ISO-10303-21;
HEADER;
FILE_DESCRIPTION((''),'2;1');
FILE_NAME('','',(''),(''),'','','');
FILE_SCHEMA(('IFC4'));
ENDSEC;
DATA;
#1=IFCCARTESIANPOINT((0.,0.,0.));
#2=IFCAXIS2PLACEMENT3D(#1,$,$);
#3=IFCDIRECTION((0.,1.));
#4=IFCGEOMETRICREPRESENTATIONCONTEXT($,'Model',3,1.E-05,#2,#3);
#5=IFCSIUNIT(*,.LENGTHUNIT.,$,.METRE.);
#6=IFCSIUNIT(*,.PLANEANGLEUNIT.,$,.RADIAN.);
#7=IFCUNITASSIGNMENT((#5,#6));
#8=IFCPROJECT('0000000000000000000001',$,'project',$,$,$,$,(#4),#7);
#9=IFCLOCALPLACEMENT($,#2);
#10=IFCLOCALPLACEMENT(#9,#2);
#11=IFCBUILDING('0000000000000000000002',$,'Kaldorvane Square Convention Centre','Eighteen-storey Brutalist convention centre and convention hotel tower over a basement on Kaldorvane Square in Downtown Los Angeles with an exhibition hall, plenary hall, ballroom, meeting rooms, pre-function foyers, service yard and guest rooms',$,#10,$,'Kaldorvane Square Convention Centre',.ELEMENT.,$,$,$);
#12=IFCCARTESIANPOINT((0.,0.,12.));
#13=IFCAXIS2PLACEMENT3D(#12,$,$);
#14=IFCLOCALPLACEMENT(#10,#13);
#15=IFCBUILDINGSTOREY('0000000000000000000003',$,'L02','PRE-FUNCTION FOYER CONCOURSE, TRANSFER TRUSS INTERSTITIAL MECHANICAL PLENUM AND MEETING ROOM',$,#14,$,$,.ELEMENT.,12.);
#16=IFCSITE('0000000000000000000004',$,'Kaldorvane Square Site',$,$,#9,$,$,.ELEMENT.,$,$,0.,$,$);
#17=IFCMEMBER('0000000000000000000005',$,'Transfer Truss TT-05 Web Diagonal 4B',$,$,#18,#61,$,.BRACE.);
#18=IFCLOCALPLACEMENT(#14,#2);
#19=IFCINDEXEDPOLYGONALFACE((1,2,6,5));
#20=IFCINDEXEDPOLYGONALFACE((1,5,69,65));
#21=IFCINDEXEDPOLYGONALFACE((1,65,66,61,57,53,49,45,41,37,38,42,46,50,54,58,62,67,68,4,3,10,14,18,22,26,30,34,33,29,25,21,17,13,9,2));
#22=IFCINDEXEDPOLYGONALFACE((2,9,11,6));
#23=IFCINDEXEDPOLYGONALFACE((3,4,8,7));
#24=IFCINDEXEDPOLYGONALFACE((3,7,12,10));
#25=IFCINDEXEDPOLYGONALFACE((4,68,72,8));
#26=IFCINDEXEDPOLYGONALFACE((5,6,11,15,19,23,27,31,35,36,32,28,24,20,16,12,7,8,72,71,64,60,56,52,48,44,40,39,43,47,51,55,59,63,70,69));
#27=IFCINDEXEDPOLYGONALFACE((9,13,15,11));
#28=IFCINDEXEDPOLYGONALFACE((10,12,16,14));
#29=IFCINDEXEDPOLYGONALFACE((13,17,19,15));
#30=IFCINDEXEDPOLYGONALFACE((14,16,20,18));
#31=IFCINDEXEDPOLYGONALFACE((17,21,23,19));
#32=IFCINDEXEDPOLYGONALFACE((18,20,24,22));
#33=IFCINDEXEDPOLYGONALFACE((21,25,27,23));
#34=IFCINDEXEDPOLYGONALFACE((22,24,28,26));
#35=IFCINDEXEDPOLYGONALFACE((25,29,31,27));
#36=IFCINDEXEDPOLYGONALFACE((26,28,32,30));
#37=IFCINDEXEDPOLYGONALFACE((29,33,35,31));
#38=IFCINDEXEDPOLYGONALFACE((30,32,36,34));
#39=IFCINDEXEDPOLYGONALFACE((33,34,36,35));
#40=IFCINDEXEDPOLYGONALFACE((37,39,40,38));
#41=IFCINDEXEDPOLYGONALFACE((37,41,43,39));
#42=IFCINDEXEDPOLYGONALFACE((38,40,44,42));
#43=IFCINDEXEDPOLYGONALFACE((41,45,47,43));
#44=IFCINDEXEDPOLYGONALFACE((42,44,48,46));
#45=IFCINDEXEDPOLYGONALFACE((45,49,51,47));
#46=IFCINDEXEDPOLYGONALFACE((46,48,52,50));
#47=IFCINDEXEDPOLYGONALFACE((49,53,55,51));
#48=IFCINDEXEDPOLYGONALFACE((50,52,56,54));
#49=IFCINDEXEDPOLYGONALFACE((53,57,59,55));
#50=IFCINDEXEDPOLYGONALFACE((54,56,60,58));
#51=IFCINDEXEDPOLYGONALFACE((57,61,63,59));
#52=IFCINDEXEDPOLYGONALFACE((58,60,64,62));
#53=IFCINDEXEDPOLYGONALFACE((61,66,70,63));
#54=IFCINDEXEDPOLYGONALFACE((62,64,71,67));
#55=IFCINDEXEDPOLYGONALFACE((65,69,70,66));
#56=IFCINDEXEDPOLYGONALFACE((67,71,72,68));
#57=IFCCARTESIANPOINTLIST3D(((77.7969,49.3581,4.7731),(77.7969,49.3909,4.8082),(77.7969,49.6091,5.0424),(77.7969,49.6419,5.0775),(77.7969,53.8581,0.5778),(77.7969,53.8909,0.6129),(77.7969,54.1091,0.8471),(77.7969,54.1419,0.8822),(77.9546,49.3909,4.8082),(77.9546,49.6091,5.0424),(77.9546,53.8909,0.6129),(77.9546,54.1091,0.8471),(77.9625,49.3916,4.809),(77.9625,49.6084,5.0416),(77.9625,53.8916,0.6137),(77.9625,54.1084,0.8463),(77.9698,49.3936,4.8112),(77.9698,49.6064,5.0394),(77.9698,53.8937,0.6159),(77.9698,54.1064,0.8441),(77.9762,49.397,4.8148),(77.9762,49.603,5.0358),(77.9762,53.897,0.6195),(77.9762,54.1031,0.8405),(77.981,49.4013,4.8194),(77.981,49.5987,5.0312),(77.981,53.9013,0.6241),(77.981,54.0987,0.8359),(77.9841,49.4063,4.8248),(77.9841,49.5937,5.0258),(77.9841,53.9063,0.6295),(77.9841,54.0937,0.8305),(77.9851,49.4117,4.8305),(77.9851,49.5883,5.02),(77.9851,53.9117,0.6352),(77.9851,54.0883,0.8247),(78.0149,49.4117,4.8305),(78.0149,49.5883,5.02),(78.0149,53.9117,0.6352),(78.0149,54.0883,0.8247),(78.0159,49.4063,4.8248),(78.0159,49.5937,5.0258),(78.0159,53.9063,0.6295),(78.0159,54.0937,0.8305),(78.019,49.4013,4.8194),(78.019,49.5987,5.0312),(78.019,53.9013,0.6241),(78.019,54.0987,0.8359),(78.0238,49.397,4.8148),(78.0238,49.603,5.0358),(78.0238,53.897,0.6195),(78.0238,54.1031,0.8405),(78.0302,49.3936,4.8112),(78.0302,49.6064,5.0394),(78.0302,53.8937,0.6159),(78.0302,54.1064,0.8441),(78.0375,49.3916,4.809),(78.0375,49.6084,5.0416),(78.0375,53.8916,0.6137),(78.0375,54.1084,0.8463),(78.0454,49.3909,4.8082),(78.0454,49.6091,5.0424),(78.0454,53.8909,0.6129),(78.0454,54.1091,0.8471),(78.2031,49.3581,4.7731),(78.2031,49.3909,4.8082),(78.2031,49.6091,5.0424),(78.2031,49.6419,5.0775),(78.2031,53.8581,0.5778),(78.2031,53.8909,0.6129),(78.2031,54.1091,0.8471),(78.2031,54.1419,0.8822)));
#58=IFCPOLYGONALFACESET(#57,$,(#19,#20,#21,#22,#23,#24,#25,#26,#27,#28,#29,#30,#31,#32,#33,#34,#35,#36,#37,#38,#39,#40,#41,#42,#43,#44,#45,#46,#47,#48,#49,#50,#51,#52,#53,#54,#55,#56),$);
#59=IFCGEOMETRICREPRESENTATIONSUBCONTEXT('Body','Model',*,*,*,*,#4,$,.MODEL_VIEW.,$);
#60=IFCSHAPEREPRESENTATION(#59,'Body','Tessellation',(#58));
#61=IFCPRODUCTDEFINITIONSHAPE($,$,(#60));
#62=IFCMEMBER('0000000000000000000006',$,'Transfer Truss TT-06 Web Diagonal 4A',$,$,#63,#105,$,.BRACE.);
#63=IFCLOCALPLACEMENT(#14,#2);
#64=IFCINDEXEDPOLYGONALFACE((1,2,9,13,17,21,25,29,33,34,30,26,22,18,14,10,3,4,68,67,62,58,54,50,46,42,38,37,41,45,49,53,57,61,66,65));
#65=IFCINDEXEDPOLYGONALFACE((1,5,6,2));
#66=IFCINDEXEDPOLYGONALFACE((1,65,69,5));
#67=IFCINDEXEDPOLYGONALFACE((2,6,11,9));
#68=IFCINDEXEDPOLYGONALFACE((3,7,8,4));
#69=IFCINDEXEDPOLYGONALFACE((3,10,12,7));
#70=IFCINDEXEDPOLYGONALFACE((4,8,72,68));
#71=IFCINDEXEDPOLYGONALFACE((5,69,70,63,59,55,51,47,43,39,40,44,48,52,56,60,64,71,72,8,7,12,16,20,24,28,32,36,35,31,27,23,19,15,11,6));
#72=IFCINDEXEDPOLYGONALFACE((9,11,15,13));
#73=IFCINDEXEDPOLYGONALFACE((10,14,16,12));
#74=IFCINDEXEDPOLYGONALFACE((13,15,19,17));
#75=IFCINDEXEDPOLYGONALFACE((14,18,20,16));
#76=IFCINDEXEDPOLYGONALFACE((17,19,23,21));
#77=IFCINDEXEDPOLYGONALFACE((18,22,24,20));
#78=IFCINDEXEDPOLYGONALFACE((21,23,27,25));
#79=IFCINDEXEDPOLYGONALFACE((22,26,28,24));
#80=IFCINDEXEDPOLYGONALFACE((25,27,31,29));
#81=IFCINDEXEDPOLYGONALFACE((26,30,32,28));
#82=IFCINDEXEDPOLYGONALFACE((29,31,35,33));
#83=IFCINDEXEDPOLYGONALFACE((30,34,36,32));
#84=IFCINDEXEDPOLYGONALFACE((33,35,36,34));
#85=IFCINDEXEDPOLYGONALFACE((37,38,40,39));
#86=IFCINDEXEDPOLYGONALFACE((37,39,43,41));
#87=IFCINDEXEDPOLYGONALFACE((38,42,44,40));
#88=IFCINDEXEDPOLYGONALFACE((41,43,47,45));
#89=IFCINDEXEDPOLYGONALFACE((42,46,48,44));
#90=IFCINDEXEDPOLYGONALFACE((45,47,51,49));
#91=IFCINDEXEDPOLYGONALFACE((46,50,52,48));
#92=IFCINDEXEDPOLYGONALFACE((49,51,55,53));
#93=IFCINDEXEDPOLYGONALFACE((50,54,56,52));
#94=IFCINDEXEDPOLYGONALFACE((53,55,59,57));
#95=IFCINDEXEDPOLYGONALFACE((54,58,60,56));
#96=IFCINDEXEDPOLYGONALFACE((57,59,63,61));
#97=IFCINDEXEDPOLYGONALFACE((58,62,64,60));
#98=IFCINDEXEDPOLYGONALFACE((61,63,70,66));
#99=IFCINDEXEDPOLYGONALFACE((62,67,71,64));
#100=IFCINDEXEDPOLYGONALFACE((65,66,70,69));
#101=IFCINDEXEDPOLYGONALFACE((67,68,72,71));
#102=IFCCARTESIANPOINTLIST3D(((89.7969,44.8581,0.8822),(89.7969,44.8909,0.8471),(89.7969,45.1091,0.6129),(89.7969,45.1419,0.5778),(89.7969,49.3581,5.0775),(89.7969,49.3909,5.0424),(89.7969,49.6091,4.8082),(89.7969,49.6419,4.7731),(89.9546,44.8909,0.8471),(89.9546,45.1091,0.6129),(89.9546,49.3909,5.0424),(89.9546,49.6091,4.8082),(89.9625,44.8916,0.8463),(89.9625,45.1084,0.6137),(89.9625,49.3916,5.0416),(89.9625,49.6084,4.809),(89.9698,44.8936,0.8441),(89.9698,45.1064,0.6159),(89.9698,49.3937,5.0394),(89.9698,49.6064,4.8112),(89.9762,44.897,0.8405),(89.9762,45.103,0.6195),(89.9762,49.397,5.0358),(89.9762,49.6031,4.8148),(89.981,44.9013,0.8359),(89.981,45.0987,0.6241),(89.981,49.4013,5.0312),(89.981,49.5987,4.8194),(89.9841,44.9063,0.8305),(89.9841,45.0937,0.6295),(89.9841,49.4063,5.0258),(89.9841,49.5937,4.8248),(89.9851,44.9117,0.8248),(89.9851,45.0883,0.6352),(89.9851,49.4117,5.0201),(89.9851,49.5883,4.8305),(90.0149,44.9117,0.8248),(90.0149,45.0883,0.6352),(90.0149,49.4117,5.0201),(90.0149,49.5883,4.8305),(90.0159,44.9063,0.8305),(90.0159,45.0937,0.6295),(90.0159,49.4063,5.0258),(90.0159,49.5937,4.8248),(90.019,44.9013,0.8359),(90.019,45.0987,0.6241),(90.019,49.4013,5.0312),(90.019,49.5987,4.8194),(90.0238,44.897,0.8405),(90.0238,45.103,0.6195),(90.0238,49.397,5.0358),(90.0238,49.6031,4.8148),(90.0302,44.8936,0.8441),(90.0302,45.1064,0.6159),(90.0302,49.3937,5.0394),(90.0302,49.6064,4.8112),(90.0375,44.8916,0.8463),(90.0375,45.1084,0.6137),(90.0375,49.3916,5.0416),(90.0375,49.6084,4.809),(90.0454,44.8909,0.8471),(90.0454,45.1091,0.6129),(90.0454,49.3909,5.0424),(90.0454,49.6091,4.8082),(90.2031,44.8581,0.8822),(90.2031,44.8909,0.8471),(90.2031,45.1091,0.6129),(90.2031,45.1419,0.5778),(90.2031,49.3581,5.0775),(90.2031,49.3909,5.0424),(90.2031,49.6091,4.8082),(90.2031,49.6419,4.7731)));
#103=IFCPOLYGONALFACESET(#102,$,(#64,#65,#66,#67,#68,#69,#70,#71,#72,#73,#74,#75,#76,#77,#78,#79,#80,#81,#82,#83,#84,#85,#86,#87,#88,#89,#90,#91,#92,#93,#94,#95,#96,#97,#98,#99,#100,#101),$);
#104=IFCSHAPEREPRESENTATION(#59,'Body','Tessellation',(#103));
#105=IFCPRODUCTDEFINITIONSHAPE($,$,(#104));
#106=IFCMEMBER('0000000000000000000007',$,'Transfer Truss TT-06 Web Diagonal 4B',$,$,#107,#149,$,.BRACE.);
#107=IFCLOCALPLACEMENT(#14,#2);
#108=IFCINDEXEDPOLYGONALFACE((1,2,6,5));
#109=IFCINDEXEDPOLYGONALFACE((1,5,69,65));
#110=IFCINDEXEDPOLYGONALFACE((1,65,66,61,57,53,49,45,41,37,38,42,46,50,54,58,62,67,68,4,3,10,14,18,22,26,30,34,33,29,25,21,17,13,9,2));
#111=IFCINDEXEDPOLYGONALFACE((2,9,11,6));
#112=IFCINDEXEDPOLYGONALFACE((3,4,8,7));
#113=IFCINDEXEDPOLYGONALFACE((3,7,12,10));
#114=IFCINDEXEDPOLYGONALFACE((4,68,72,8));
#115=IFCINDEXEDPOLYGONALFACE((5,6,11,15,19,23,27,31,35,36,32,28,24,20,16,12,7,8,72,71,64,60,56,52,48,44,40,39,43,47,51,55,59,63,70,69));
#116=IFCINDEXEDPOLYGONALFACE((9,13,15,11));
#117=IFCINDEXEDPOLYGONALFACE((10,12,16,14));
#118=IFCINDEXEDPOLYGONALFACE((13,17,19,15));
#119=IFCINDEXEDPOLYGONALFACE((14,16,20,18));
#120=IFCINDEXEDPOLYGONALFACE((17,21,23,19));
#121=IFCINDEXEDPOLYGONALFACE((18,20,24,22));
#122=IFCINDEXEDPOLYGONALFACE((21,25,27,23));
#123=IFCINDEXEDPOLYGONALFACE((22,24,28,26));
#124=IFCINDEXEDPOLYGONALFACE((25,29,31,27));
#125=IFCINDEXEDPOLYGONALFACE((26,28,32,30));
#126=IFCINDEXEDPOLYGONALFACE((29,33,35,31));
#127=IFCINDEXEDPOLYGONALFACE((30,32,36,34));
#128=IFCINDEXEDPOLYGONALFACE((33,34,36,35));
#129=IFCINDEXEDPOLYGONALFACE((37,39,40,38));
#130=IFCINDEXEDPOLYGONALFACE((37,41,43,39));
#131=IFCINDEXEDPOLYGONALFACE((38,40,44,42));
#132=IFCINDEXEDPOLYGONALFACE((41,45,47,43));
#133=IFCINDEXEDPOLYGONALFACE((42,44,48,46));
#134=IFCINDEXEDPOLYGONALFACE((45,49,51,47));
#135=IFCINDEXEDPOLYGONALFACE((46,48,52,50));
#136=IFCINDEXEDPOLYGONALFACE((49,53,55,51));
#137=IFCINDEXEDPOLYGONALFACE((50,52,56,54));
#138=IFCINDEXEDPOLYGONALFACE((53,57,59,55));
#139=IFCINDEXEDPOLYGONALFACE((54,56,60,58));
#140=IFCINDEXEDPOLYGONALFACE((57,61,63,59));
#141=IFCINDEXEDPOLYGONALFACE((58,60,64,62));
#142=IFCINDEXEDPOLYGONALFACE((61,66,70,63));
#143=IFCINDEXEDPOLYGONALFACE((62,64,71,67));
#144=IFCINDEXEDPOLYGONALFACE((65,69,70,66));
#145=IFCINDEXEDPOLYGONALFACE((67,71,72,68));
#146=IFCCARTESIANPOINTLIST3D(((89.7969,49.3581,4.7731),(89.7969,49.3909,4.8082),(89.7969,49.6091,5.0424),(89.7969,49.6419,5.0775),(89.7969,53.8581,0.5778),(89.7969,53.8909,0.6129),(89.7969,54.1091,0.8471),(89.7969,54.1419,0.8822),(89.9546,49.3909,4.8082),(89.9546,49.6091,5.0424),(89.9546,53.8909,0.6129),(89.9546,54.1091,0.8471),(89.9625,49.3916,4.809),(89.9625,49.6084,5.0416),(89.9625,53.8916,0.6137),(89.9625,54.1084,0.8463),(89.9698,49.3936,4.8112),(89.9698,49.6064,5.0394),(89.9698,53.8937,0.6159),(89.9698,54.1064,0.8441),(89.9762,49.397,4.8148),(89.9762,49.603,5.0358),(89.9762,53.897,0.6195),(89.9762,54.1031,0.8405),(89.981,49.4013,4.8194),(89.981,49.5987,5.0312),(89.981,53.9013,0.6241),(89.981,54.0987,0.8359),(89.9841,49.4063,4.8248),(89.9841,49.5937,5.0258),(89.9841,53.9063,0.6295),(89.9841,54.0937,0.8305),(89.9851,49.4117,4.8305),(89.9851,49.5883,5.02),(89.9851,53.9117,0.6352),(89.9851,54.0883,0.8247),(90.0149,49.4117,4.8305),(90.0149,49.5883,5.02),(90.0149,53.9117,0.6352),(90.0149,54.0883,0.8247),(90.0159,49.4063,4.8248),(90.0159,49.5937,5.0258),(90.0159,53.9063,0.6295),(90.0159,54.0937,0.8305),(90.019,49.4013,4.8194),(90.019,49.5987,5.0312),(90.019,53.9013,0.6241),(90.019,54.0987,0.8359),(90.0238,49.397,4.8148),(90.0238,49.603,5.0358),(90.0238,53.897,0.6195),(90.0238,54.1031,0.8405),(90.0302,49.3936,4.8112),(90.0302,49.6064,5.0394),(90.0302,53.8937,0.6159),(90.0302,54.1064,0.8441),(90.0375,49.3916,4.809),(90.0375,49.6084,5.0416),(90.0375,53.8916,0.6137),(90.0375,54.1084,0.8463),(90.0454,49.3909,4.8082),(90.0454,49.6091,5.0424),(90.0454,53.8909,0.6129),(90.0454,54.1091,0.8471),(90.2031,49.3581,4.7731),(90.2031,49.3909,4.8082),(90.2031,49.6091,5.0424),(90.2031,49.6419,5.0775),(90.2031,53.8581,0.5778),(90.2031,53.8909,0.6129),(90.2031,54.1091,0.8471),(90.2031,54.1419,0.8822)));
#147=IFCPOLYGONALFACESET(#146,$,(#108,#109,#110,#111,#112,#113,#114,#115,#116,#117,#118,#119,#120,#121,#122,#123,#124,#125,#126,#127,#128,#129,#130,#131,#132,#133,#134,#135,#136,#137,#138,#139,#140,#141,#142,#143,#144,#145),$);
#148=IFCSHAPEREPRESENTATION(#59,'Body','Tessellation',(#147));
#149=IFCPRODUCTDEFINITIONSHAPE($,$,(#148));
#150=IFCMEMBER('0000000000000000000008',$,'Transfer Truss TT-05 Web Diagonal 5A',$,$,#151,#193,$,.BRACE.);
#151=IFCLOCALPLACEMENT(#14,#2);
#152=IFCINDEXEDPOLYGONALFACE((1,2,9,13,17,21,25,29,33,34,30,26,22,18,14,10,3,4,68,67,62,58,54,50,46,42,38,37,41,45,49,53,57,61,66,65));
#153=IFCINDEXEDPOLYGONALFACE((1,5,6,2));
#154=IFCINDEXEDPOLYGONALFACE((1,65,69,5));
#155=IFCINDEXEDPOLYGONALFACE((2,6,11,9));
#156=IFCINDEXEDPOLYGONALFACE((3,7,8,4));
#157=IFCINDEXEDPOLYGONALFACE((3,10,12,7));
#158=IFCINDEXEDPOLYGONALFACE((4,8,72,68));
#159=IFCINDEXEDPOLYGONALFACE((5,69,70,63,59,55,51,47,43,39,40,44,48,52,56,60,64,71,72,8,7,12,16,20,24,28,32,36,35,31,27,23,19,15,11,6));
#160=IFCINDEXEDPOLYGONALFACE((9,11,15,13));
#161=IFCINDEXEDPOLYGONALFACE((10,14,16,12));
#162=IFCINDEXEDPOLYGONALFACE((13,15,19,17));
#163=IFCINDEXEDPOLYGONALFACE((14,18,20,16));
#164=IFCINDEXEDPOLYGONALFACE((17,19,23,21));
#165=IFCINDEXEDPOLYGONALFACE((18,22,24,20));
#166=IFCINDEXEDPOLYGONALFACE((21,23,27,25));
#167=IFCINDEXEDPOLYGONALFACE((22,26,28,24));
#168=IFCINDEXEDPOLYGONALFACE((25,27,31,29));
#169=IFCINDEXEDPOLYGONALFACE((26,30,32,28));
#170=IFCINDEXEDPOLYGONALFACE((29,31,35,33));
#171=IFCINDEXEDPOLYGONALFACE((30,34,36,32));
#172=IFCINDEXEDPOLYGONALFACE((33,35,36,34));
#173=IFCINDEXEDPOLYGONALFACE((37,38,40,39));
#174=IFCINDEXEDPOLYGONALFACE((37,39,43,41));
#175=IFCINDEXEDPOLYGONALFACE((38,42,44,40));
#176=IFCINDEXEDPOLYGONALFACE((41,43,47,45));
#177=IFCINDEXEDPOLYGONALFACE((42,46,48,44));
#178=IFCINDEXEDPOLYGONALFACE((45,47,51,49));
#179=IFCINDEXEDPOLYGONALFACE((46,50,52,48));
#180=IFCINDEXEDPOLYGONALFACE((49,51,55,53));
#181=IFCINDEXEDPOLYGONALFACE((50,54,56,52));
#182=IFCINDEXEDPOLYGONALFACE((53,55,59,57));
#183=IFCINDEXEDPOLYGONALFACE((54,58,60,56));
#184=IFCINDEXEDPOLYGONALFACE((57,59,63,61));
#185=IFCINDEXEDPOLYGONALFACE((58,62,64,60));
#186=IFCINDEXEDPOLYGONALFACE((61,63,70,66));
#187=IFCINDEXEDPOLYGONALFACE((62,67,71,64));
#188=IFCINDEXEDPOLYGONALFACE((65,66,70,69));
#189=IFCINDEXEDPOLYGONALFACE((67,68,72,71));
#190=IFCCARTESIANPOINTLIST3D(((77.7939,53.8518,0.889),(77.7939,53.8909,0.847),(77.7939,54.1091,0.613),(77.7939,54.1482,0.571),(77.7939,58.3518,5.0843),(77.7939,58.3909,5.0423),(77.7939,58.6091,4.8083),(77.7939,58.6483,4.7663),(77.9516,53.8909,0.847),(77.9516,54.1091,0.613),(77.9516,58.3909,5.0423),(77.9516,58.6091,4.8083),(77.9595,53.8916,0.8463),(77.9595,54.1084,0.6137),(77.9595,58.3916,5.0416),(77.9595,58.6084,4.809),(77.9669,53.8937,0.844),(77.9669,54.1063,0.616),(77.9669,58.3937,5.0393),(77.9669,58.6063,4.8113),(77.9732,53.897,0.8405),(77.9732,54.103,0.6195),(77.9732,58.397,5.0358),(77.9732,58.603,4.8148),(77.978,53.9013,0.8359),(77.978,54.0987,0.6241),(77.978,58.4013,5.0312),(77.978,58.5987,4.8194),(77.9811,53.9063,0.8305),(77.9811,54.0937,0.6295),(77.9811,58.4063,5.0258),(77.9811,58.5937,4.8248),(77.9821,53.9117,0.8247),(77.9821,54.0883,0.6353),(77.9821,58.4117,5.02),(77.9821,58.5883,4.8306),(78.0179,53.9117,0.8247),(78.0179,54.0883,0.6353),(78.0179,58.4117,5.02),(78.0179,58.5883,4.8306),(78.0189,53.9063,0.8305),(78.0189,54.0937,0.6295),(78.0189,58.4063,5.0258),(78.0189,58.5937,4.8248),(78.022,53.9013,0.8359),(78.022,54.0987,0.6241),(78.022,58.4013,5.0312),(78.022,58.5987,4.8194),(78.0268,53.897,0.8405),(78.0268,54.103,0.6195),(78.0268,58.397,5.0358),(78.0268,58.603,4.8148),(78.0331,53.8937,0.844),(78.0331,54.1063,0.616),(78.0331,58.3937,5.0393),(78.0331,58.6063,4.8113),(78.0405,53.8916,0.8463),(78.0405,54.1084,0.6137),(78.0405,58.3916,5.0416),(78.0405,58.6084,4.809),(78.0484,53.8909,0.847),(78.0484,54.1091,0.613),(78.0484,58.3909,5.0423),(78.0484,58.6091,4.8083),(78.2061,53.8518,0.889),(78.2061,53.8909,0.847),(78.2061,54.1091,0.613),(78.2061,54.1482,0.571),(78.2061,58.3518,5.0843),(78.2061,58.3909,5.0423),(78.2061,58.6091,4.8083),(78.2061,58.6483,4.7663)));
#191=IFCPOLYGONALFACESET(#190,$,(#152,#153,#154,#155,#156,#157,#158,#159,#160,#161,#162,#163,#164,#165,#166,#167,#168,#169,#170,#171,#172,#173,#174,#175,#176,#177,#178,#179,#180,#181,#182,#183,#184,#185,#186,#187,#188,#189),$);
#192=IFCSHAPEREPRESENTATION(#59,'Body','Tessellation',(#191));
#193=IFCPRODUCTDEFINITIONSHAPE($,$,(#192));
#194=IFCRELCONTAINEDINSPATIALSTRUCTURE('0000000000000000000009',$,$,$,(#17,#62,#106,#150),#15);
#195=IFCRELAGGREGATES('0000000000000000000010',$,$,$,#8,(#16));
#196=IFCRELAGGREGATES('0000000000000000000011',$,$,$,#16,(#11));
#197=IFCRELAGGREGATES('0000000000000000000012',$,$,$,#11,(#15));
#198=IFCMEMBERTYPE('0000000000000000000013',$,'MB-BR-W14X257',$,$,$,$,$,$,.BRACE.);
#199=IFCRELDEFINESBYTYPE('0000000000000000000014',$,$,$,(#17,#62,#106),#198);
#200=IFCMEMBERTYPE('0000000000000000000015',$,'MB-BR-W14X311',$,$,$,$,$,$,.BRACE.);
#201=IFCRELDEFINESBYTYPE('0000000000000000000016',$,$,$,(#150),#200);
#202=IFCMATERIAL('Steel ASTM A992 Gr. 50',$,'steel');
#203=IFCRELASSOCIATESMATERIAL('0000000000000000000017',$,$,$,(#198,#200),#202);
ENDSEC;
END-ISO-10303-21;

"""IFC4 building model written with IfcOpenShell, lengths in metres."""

from ifc_helpers import new_model, si_unit, direction, frame, origin, origin_2d, place, context, subcontext, project, spatial, i_section, extrude, material, material_profile, profile_set, type_object, element, save


model = new_model("IFC4")

# Units and contexts
model_context = context("Model", 3, precision=1e-05, world=origin(), true_north=direction((0.0, 1.0)))
body_context = subcontext(model_context, "Body", "Model", "MODEL_VIEW")
ifc_project = project(units=[si_unit("LENGTHUNIT", "METRE"), si_unit("PLANEANGLEUNIT", "RADIAN")], contexts=[model_context])

# Site, building, storey
site_placement = place(None, origin())
site = spatial("IfcSite", under=ifc_project, at=site_placement, Name="Kaldorvane Square Site", CompositionType="ELEMENT", RefElevation=0.0)
building_placement = place(site_placement, origin())
building = spatial("IfcBuilding", under=site, at=building_placement, Name="Kaldorvane Square Convention Centre", Description="Eighteen-storey Brutalist convention centre and convention hotel tower over a basement on Kaldorvane Square in Downtown Los Angeles with an exhibition hall, plenary hall, ballroom, meeting rooms, pre-function foyers, service yard and guest rooms", LongName="Kaldorvane Square Convention Centre", CompositionType="ELEMENT")
storey_placement = place(building_placement, frame((0.0, 0.0, 12.0)))
storey = spatial("IfcBuildingStorey", under=building, at=storey_placement, Name="L02", Description="PRE-FUNCTION FOYER CONCOURSE, TRANSFER TRUSS INTERSTITIAL MECHANICAL PLENUM AND MEETING ROOM", CompositionType="ELEMENT", Elevation=12.0)

# Shared definitions
ifc_material = material(Name="Steel ASTM A992 Gr. 50", Category="steel")

# Members
ifc_material_profile_1 = material_profile(ifc_material, i_section(OverallWidth=0.4063, OverallDepth=0.4161, WebThickness=0.0298, FlangeThickness=0.048, FilletRadius=0.0305, at=origin_2d()), Name="W14X257")
ifc_profile_set_1 = profile_set([ifc_material_profile_1], Name="Steel ASTM A992 Gr. 50")
member_type_1 = type_object("IfcMemberType", Name="MB-BR-W14X257", PredefinedType="BRACE", material=ifc_profile_set_1)
for number, where, z_axis, x_axis, name in (
    (1, (78.0, 49.5, 4.9253), (0.0, 0.731436, -0.68191), (-1.0, 0.0, 0.0), "Transfer Truss TT-05 Web Diagonal 4B"),
    (2, (90.0, 45.0, 0.73), (0.0, 0.731436, 0.68191), (-1.0, 0.0, 0.0), "Transfer Truss TT-06 Web Diagonal 4A"),
    (3, (90.0, 49.5, 4.9253), (0.0, 0.731436, -0.68191), (-1.0, 0.0, 0.0), "Transfer Truss TT-06 Web Diagonal 4B"),
):
    element("IfcMember", number, at=place(storey_placement, frame(where, z_axis=z_axis, x_axis=x_axis)), inside=storey, type_object=member_type_1, Name=name, PredefinedType="BRACE", context=body_context, shape_type="SweptSolid", body=[
        extrude(i_section(OverallWidth=0.4063, OverallDepth=0.4161, WebThickness=0.0298, FlangeThickness=0.048, FilletRadius=0.0305, at=origin_2d()), origin(), (0.0, 0.0, 1.0), 6.1523),
    ])
ifc_material_profile_2 = material_profile(ifc_material, i_section(OverallWidth=0.4122, OverallDepth=0.4348, WebThickness=0.0358, FlangeThickness=0.0574, FilletRadius=0.0305, at=origin_2d()), Name="W14X311")
ifc_profile_set_2 = profile_set([ifc_material_profile_2], Name="Steel ASTM A992 Gr. 50")
member_type_2 = type_object("IfcMemberType", Name="MB-BR-W14X311", PredefinedType="BRACE", material=ifc_profile_set_2)
for number, where, z_axis, x_axis, name in (
    (4, (78.0, 54.0, 0.73), (0.0, 0.731436, 0.68191), (-1.0, 0.0, 0.0), "Transfer Truss TT-05 Web Diagonal 5A"),
):
    element("IfcMember", number, at=place(storey_placement, frame(where, z_axis=z_axis, x_axis=x_axis)), inside=storey, type_object=member_type_2, Name=name, PredefinedType="BRACE", context=body_context, shape_type="SweptSolid", body=[
        extrude(i_section(OverallWidth=0.4122, OverallDepth=0.4348, WebThickness=0.0358, FlangeThickness=0.0574, FilletRadius=0.0305, at=origin_2d()), origin(), (0.0, 0.0, 1.0), 6.1523),
    ])

save(model, "model.ifc")
